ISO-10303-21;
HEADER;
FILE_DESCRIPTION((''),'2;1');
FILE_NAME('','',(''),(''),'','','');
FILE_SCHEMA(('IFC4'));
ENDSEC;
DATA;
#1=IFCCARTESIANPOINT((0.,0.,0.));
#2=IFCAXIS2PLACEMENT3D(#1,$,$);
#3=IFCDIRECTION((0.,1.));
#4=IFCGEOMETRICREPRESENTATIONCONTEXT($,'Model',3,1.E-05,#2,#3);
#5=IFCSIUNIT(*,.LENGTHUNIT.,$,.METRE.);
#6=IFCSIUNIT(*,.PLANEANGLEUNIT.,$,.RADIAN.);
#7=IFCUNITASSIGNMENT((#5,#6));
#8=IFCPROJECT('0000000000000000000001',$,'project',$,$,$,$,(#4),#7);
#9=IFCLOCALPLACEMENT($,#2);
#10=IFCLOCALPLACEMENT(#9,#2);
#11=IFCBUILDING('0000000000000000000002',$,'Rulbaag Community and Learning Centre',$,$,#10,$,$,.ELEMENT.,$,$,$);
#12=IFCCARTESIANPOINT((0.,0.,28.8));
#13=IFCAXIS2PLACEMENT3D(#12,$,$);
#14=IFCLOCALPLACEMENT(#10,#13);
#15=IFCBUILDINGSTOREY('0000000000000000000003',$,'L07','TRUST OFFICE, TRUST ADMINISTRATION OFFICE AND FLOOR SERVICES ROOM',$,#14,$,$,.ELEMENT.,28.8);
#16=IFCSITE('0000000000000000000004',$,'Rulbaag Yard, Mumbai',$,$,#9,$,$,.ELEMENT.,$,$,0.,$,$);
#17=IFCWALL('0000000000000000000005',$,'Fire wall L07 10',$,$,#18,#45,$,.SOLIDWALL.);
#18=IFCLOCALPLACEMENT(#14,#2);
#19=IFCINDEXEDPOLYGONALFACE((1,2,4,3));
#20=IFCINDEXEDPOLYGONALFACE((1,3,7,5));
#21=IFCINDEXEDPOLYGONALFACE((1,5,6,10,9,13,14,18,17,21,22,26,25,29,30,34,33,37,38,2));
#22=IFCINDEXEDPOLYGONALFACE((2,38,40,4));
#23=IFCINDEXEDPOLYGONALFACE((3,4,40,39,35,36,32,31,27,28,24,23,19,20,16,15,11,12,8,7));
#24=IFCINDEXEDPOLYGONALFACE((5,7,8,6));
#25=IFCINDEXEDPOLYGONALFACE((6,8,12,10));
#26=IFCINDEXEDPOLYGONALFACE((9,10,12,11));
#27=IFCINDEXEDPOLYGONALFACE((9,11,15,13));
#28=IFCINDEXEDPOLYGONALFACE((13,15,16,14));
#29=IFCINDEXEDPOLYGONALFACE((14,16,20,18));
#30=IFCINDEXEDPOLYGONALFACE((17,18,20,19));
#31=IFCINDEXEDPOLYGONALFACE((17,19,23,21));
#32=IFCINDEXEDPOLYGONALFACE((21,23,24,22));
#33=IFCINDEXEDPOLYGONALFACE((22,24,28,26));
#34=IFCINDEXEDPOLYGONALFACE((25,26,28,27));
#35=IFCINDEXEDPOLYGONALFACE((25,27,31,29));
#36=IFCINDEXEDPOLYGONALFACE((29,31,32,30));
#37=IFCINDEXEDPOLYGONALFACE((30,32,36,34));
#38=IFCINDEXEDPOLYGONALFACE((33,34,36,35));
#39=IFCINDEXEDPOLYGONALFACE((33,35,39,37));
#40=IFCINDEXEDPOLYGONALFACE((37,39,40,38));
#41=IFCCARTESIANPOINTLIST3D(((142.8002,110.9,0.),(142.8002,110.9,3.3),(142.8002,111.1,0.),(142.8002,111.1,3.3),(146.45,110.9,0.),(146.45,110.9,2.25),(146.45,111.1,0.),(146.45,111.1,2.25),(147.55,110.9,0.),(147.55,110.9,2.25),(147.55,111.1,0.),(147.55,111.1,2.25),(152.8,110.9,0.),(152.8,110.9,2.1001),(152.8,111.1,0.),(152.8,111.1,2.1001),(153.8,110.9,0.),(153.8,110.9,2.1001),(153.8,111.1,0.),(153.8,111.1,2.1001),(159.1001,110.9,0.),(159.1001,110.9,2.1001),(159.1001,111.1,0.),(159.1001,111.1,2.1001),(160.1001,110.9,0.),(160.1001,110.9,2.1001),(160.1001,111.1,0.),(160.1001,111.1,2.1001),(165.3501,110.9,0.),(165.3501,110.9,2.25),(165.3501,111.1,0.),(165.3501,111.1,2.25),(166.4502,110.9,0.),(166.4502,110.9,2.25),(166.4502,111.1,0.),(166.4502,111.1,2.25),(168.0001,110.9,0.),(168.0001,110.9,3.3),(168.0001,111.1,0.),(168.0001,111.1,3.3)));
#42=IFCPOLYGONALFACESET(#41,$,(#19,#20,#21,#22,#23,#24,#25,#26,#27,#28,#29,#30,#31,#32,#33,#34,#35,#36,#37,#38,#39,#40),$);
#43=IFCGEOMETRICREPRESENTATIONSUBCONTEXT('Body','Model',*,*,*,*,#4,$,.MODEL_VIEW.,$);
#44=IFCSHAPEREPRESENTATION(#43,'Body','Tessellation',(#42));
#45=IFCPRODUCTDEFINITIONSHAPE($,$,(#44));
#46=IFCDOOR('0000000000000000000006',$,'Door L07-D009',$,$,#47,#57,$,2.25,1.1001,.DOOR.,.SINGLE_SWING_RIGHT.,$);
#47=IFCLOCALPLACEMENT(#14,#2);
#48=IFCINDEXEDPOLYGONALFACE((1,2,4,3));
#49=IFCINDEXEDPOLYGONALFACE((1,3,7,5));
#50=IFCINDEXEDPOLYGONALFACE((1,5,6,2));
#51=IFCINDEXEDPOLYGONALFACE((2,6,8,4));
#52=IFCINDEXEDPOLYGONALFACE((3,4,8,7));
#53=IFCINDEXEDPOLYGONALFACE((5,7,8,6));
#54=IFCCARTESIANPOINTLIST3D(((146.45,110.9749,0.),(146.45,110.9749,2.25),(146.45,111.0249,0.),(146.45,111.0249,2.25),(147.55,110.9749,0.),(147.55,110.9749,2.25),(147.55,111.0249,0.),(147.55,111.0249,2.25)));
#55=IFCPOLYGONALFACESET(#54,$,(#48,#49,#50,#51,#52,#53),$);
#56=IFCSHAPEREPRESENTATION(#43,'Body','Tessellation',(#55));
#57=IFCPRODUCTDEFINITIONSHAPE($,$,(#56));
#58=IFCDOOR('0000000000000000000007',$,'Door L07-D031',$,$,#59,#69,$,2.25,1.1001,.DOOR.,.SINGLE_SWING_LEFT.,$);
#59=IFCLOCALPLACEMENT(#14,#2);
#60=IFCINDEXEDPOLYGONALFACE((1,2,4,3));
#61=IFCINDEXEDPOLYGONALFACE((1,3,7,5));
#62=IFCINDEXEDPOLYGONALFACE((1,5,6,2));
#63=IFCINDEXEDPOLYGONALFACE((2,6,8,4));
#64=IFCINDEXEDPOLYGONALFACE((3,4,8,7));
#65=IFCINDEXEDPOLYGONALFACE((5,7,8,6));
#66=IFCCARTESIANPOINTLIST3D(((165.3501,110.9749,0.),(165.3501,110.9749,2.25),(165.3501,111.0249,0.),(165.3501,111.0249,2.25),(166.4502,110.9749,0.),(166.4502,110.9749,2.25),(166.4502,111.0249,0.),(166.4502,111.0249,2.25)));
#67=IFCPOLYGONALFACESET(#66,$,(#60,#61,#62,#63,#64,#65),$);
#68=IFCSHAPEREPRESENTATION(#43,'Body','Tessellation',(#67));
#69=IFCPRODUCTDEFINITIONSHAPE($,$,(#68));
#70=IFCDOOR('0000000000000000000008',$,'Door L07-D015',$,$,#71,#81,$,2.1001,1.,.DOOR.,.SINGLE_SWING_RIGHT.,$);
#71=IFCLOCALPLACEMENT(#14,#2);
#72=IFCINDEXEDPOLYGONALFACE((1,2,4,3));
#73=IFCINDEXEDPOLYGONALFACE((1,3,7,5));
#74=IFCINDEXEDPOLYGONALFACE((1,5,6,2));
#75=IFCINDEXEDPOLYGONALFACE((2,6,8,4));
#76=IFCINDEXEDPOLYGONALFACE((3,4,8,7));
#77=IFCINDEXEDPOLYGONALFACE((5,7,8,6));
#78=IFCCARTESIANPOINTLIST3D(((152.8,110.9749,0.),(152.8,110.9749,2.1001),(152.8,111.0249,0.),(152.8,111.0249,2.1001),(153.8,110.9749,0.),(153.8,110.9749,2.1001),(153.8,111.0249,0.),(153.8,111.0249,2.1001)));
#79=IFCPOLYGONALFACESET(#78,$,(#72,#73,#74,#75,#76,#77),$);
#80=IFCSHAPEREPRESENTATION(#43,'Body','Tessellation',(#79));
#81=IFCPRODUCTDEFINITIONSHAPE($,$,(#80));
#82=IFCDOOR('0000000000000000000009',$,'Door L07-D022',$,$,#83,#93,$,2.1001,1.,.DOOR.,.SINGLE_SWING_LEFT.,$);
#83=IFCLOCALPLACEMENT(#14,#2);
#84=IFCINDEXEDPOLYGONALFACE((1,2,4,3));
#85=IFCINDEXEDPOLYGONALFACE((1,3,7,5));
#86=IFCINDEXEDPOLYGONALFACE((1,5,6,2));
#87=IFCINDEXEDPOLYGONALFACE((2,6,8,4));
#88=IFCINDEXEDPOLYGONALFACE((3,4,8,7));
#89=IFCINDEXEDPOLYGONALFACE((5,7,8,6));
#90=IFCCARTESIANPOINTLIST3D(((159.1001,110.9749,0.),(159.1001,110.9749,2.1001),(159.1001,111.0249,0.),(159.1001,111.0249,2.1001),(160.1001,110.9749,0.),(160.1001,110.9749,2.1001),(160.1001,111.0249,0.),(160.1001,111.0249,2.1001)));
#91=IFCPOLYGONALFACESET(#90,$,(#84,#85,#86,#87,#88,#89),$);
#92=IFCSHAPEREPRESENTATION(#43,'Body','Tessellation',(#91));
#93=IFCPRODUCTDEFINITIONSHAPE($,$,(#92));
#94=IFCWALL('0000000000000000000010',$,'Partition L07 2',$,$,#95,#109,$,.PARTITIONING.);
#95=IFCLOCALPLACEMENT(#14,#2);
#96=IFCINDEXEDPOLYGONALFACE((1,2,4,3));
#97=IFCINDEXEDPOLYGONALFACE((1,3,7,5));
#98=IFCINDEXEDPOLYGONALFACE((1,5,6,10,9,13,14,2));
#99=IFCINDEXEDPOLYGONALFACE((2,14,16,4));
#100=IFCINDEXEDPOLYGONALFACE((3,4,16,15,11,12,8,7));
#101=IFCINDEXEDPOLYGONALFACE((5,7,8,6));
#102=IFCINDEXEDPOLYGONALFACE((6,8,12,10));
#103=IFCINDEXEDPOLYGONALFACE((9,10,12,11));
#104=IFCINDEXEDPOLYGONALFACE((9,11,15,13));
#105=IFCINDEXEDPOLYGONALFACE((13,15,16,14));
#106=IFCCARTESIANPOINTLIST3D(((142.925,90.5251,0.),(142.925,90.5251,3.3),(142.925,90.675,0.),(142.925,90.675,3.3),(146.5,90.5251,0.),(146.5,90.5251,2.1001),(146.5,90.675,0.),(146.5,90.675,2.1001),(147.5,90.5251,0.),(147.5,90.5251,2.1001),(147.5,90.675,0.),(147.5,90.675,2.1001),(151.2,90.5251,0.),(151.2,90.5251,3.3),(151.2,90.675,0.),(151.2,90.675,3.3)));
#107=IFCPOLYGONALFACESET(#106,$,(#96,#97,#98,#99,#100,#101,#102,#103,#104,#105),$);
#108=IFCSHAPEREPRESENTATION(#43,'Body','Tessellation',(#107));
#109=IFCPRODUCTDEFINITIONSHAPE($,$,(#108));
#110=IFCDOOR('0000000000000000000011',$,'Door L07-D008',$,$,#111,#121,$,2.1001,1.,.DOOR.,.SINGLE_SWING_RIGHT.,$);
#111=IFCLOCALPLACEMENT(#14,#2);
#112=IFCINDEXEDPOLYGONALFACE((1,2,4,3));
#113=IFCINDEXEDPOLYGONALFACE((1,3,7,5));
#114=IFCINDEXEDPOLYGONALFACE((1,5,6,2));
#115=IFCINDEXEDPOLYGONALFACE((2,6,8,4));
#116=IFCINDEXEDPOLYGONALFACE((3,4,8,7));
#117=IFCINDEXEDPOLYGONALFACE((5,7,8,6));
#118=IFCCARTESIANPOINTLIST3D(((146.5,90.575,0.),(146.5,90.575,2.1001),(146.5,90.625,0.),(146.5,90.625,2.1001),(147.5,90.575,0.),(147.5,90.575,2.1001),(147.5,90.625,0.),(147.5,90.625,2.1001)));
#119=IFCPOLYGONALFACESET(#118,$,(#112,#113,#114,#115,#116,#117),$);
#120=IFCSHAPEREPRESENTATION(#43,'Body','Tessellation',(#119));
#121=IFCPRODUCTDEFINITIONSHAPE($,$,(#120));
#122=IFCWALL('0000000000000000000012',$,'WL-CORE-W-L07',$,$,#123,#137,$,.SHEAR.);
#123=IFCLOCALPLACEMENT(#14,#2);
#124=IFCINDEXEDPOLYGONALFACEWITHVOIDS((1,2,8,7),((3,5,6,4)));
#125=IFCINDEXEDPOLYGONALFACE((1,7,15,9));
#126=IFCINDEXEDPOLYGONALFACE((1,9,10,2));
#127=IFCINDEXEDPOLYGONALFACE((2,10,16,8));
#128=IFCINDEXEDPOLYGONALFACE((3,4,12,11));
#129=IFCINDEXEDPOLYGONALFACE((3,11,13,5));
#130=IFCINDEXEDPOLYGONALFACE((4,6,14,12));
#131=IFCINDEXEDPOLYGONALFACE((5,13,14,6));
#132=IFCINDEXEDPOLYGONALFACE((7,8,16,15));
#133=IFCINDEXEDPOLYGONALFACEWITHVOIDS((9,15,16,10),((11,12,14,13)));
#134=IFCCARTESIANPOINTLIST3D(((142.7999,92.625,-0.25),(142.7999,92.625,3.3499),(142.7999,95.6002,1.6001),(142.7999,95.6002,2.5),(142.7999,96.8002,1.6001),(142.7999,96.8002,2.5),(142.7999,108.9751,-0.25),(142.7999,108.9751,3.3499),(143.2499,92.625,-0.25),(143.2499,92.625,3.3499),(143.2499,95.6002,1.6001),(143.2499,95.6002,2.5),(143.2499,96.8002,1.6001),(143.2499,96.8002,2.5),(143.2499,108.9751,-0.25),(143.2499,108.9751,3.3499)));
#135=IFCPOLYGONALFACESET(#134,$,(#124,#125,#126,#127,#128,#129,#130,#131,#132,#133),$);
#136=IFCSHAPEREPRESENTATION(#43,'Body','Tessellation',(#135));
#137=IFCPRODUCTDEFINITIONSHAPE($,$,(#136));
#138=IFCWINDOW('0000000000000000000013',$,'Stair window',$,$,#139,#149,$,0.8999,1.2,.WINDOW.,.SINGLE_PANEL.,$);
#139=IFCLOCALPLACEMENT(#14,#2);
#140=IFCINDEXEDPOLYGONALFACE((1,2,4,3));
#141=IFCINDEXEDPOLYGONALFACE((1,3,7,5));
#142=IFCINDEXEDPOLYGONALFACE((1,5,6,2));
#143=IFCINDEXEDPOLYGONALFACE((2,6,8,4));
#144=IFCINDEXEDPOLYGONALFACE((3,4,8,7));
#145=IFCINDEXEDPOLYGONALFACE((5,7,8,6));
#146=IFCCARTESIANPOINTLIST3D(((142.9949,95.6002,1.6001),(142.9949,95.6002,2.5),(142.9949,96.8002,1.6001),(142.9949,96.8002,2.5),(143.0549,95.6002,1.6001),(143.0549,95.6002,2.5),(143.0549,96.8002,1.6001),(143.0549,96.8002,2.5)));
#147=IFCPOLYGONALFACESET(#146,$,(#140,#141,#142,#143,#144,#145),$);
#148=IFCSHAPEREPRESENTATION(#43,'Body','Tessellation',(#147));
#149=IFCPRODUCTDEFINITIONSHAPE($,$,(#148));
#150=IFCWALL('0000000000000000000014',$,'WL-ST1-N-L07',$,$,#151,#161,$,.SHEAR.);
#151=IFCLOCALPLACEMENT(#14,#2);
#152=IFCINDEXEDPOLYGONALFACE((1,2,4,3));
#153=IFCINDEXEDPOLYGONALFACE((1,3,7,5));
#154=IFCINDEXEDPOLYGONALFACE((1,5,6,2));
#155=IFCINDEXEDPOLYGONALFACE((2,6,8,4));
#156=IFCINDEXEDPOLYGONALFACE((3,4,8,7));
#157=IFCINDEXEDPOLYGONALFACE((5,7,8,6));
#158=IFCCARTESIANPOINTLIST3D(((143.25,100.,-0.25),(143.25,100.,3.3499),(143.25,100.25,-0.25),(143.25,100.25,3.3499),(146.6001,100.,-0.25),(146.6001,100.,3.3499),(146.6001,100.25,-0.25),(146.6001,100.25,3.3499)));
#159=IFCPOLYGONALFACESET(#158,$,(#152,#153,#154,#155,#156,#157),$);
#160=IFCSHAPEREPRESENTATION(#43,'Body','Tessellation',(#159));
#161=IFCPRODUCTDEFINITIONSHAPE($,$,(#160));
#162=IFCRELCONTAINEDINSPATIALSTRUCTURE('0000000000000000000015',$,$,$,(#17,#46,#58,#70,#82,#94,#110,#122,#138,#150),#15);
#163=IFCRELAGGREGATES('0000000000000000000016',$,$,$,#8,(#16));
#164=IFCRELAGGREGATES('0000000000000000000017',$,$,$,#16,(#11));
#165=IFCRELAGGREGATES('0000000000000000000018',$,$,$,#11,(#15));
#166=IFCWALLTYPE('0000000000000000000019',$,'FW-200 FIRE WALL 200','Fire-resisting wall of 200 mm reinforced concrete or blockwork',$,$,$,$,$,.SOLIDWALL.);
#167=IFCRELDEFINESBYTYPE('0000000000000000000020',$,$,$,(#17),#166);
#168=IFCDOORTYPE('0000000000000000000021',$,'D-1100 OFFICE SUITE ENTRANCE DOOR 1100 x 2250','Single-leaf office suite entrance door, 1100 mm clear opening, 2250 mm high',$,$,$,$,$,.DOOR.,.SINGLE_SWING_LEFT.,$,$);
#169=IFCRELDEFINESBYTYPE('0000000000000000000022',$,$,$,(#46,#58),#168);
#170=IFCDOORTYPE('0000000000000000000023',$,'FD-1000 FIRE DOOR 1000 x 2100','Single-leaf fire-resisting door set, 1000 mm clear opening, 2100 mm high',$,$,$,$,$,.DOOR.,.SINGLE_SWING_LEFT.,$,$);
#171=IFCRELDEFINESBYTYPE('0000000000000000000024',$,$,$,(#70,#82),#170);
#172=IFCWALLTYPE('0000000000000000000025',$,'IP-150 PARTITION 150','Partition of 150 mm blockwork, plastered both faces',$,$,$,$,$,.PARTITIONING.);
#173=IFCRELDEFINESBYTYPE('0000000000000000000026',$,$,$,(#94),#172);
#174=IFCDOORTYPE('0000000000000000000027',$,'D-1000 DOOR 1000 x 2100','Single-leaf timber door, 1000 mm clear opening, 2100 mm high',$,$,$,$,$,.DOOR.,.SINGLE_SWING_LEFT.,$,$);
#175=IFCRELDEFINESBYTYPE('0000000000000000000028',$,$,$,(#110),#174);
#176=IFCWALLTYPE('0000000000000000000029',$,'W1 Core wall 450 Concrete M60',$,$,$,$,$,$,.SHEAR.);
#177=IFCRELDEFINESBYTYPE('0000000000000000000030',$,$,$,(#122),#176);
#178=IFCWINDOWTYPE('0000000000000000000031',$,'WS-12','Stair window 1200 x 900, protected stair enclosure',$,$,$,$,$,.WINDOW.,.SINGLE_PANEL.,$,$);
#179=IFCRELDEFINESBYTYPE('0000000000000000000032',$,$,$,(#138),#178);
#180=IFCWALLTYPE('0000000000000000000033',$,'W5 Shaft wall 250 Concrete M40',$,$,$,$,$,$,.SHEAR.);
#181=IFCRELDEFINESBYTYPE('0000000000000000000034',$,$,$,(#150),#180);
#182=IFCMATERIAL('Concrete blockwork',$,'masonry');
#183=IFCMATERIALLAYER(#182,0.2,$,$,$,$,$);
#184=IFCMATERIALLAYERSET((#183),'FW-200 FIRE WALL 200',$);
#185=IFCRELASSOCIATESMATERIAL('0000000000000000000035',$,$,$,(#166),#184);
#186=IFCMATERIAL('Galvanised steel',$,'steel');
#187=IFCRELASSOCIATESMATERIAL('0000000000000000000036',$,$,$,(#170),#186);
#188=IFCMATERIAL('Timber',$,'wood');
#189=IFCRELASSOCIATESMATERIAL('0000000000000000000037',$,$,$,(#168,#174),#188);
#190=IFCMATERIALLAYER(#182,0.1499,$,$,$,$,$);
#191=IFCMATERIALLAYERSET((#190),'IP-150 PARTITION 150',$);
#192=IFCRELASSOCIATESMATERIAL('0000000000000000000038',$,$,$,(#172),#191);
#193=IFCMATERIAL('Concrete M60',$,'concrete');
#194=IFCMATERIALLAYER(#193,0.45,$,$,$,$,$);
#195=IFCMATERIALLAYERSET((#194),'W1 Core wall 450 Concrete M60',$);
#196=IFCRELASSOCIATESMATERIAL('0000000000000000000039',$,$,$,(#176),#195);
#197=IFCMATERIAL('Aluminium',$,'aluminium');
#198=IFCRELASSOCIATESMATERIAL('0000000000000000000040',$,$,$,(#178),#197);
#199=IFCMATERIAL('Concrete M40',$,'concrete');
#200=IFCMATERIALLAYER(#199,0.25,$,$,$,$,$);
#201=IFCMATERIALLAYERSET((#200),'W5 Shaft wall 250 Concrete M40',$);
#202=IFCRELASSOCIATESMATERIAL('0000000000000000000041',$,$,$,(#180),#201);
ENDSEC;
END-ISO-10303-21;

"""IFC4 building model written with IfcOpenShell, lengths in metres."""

from ifc_helpers import new_model, si_unit, direction, frame, frame_2d, origin, place, context, subcontext, project, spatial, rectangle, extrude, material, layer, layer_set, type_object, element, fill, save


model = new_model("IFC4")

# Units and contexts
model_context = context("Model", 3, precision=1e-05, world=origin(), true_north=direction((0.0, 1.0)))
body_context = subcontext(model_context, "Body", "Model", "MODEL_VIEW")
ifc_project = project(units=[si_unit("LENGTHUNIT", "METRE"), si_unit("PLANEANGLEUNIT", "RADIAN")], contexts=[model_context])

# Site, building, storey
site_placement = place(None, origin())
site = spatial("IfcSite", under=ifc_project, at=site_placement, Name="Rulbaag Yard, Mumbai", CompositionType="ELEMENT", RefElevation=0.0)
building_placement = place(site_placement, origin())
building = spatial("IfcBuilding", under=site, at=building_placement, Name="Rulbaag Community and Learning Centre", CompositionType="ELEMENT")
storey_placement = place(building_placement, frame((0.0, 0.0, 28.8)))
storey = spatial("IfcBuildingStorey", under=building, at=storey_placement, Name="L07", Description="TRUST OFFICE, TRUST ADMINISTRATION OFFICE AND FLOOR SERVICES ROOM", CompositionType="ELEMENT", Elevation=28.8)

# Shared definitions
ifc_material_1 = material(Name="Concrete M40", Category="concrete")

# Shared definitions
ifc_material_2 = material(Name="Aluminium", Category="aluminium")

# Wall, openings, doors
ifc_material_3 = material(Name="Concrete blockwork", Category="masonry")
ifc_layer_1 = layer(ifc_material_3, 0.2)
ifc_layer_set_1 = layer_set([ifc_layer_1], Name="FW-200 FIRE WALL 200")
wall_type_1 = type_object("IfcWallType", Name="FW-200 FIRE WALL 200", Description="Fire-resisting wall of 200 mm reinforced concrete or blockwork", PredefinedType="SOLIDWALL", material=ifc_layer_set_1)
ifc_material_4 = material(Name="Galvanised steel", Category="steel")
door_type_1 = type_object("IfcDoorType", Name="FD-1000 FIRE DOOR 1000 x 2100", Description="Single-leaf fire-resisting door set, 1000 mm clear opening, 2100 mm high", OperationType="SINGLE_SWING_LEFT", PredefinedType="DOOR", material=ifc_material_4)
wall_1_placement = place(storey_placement, frame((142.8, 111.0, 0.0), z_axis=(0.0, 0.0, 1.0), x_axis=(1.0, 0.0, 0.0)))
wall_1 = element("IfcWall", 1, at=wall_1_placement, inside=storey, type_object=wall_type_1, Name="Fire wall L07 10", PredefinedType="SOLIDWALL", context=body_context, shape_type="SweptSolid", body=[
    extrude(rectangle(XDim=25.2, YDim=0.2, at=frame_2d((12.6001, 0.0))), origin(), (0.0, 0.0, 1.0), 3.3),
])
opening_1_placement = place(wall_1_placement, frame((3.6499, 0.0, 0.0)))
opening_1 = element("IfcOpeningElement", 2, at=opening_1_placement, cuts=wall_1, PredefinedType="OPENING", context=body_context, shape_type="SweptSolid", body=[
    extrude(rectangle(XDim=1.1001, YDim=2.25, at=frame_2d((0.55, 1.125))), frame((0.0, 0.1099, 0.0), z_axis=(0.0, -1.0, 0.0), x_axis=(1.0, 0.0, 0.0)), (0.0, 0.0, 1.0), 0.22),
])
opening_2_placement = place(wall_1_placement, frame((10.0, 0.0, 0.0)))
opening_2 = element("IfcOpeningElement", 3, at=opening_2_placement, cuts=wall_1, PredefinedType="OPENING", context=body_context, shape_type="SweptSolid", body=[
    extrude(rectangle(XDim=1.0, YDim=2.1001, at=frame_2d((0.5, 1.05))), frame((0.0, 0.1099, 0.0), z_axis=(0.0, -1.0, 0.0), x_axis=(1.0, 0.0, 0.0)), (0.0, 0.0, 1.0), 0.22),
])
opening_3_placement = place(wall_1_placement, frame((16.3, 0.0, 0.0)))
opening_3 = element("IfcOpeningElement", 4, at=opening_3_placement, cuts=wall_1, PredefinedType="OPENING", context=body_context, shape_type="SweptSolid", body=[
    extrude(rectangle(XDim=1.0, YDim=2.1001, at=frame_2d((0.5, 1.05))), frame((0.0, 0.1099, 0.0), z_axis=(0.0, -1.0, 0.0), x_axis=(1.0, 0.0, 0.0)), (0.0, 0.0, 1.0), 0.22),
])
opening_4_placement = place(wall_1_placement, frame((22.55, 0.0, 0.0)))
opening_4 = element("IfcOpeningElement", 5, at=opening_4_placement, cuts=wall_1, PredefinedType="OPENING", context=body_context, shape_type="SweptSolid", body=[
    extrude(rectangle(XDim=1.1001, YDim=2.25, at=frame_2d((0.55, 1.125))), frame((0.0, 0.1099, 0.0), z_axis=(0.0, -1.0, 0.0), x_axis=(1.0, 0.0, 0.0)), (0.0, 0.0, 1.0), 0.22),
])
ifc_material_5 = material(Name="Timber", Category="wood")
door_type_2 = type_object("IfcDoorType", Name="D-1100 OFFICE SUITE ENTRANCE DOOR 1100 x 2250", Description="Single-leaf office suite entrance door, 1100 mm clear opening, 2250 mm high", OperationType="SINGLE_SWING_LEFT", PredefinedType="DOOR", material=ifc_material_5)
door_1_placement = place(opening_1_placement, origin())
door_1 = element("IfcDoor", 6, at=door_1_placement, inside=storey, type_object=door_type_2, Name="Door L07-D009", OperationType="SINGLE_SWING_RIGHT", OverallHeight=2.25, OverallWidth=1.1001, PredefinedType="DOOR", context=body_context, shape_type="SweptSolid", body=[
    extrude(rectangle(XDim=1.1001, YDim=2.25, at=frame_2d((0.55, 1.125))), frame((0.0, 0.0249, 0.0), z_axis=(0.0, -1.0, 0.0), x_axis=(1.0, 0.0, 0.0)), (0.0, 0.0, 1.0), 0.05),
])
fill(opening_1, door_1)
door_2_placement = place(opening_4_placement, origin())
door_2 = element("IfcDoor", 7, at=door_2_placement, inside=storey, type_object=door_type_2, Name="Door L07-D031", OperationType="SINGLE_SWING_LEFT", OverallHeight=2.25, OverallWidth=1.1001, PredefinedType="DOOR", context=body_context, shape_type="SweptSolid", body=[
    extrude(rectangle(XDim=1.1001, YDim=2.25, at=frame_2d((0.55, 1.125))), frame((0.0, 0.0249, 0.0), z_axis=(0.0, -1.0, 0.0), x_axis=(1.0, 0.0, 0.0)), (0.0, 0.0, 1.0), 0.05),
])
fill(opening_4, door_2)
door_3_placement = place(opening_2_placement, origin())
door_3 = element("IfcDoor", 8, at=door_3_placement, inside=storey, type_object=door_type_1, Name="Door L07-D015", OperationType="SINGLE_SWING_RIGHT", OverallHeight=2.1001, OverallWidth=1.0, PredefinedType="DOOR", context=body_context, shape_type="SweptSolid", body=[
    extrude(rectangle(XDim=1.0, YDim=2.1001, at=frame_2d((0.5, 1.05))), frame((0.0, 0.0249, 0.0), z_axis=(0.0, -1.0, 0.0), x_axis=(1.0, 0.0, 0.0)), (0.0, 0.0, 1.0), 0.05),
])
fill(opening_2, door_3)
door_4_placement = place(opening_3_placement, origin())
door_4 = element("IfcDoor", 9, at=door_4_placement, inside=storey, type_object=door_type_1, Name="Door L07-D022", OperationType="SINGLE_SWING_LEFT", OverallHeight=2.1001, OverallWidth=1.0, PredefinedType="DOOR", context=body_context, shape_type="SweptSolid", body=[
    extrude(rectangle(XDim=1.0, YDim=2.1001, at=frame_2d((0.5, 1.05))), frame((0.0, 0.0249, 0.0), z_axis=(0.0, -1.0, 0.0), x_axis=(1.0, 0.0, 0.0)), (0.0, 0.0, 1.0), 0.05),
])
fill(opening_3, door_4)

# Wall, opening, door
ifc_layer_2 = layer(ifc_material_3, 0.1499)
ifc_layer_set_2 = layer_set([ifc_layer_2], Name="IP-150 PARTITION 150")
wall_type_2 = type_object("IfcWallType", Name="IP-150 PARTITION 150", Description="Partition of 150 mm blockwork, plastered both faces", PredefinedType="PARTITIONING", material=ifc_layer_set_2)
wall_2_placement = place(storey_placement, frame((142.925, 90.6001, 0.0), z_axis=(0.0, 0.0, 1.0), x_axis=(1.0, 0.0, 0.0)))
wall_2 = element("IfcWall", 10, at=wall_2_placement, inside=storey, type_object=wall_type_2, Name="Partition L07 2", PredefinedType="PARTITIONING", context=body_context, shape_type="SweptSolid", body=[
    extrude(rectangle(XDim=8.2749, YDim=0.1499, at=frame_2d((4.1375, 0.0))), origin(), (0.0, 0.0, 1.0), 3.3),
])
opening_5_placement = place(wall_2_placement, frame((3.575, 0.0, 0.0)))
opening_5 = element("IfcOpeningElement", 11, at=opening_5_placement, cuts=wall_2, PredefinedType="OPENING", context=body_context, shape_type="SweptSolid", body=[
    extrude(rectangle(XDim=1.0, YDim=2.1001, at=frame_2d((0.5, 1.05))), frame((0.0, 0.085, 0.0), z_axis=(0.0, -1.0, 0.0), x_axis=(1.0, 0.0, 0.0)), (0.0, 0.0, 1.0), 0.1699),
])
door_type_3 = type_object("IfcDoorType", Name="D-1000 DOOR 1000 x 2100", Description="Single-leaf timber door, 1000 mm clear opening, 2100 mm high", OperationType="SINGLE_SWING_LEFT", PredefinedType="DOOR", material=ifc_material_5)
door_5_placement = place(opening_5_placement, origin())
door_5 = element("IfcDoor", 12, at=door_5_placement, inside=storey, type_object=door_type_3, Name="Door L07-D008", OperationType="SINGLE_SWING_RIGHT", OverallHeight=2.1001, OverallWidth=1.0, PredefinedType="DOOR", context=body_context, shape_type="SweptSolid", body=[
    extrude(rectangle(XDim=1.0, YDim=2.1001, at=frame_2d((0.5, 1.05))), frame((0.0, 0.0249, 0.0), z_axis=(0.0, -1.0, 0.0), x_axis=(1.0, 0.0, 0.0)), (0.0, 0.0, 1.0), 0.05),
])
fill(opening_5, door_5)

# Wall, opening, window
ifc_material_6 = material(Name="Concrete M60", Category="concrete")
ifc_layer_3 = layer(ifc_material_6, 0.45)
ifc_layer_set_3 = layer_set([ifc_layer_3], Name="W1 Core wall 450 Concrete M60")
wall_type_3 = type_object("IfcWallType", Name="W1 Core wall 450 Concrete M60", PredefinedType="SHEAR", material=ifc_layer_set_3)
wall_3_placement = place(storey_placement, frame((143.0249, 92.625, -0.25), z_axis=(0.0, 0.0, 1.0), x_axis=(0.0, 1.0, 0.0)))
wall_3 = element("IfcWall", 13, at=wall_3_placement, inside=storey, type_object=wall_type_3, Name="WL-CORE-W-L07", PredefinedType="SHEAR", context=body_context, shape_type="SweptSolid", body=[
    extrude(rectangle(XDim=16.3501, YDim=0.45, at=frame_2d((8.175, 0.0))), origin(), (0.0, 0.0, 1.0), 3.5999),
])
opening_6_placement = place(wall_3_placement, frame((2.9751, 0.0, 1.8501)))
opening_6 = element("IfcOpeningElement", 14, at=opening_6_placement, cuts=wall_3, PredefinedType="OPENING", context=body_context, shape_type="SweptSolid", body=[
    extrude(rectangle(XDim=1.2, YDim=0.8999, at=frame_2d((0.6001, 0.45))), frame((0.0, 0.2349, 0.0), z_axis=(0.0, -1.0, 0.0), x_axis=(1.0, 0.0, 0.0)), (0.0, 0.0, 1.0), 0.47),
])
window_type = type_object("IfcWindowType", Name="WS-12", Description="Stair window 1200 x 900, protected stair enclosure", PartitioningType="SINGLE_PANEL", PredefinedType="WINDOW", material=ifc_material_2)
window_placement = place(opening_6_placement, origin())
window = element("IfcWindow", 15, at=window_placement, inside=storey, type_object=window_type, Name="Stair window", OverallHeight=0.8999, OverallWidth=1.2, PartitioningType="SINGLE_PANEL", PredefinedType="WINDOW", context=body_context, shape_type="SweptSolid", body=[
    extrude(rectangle(XDim=1.2, YDim=0.8999, at=frame_2d((0.6001, 0.45))), frame((0.0, 0.03, 0.0), z_axis=(0.0, -1.0, 0.0), x_axis=(1.0, 0.0, 0.0)), (0.0, 0.0, 1.0), 0.0601),
])
fill(opening_6, window)

# Wall
ifc_layer_4 = layer(ifc_material_1, 0.25)
ifc_layer_set_4 = layer_set([ifc_layer_4], Name="W5 Shaft wall 250 Concrete M40")
wall_type_4 = type_object("IfcWallType", Name="W5 Shaft wall 250 Concrete M40", PredefinedType="SHEAR", material=ifc_layer_set_4)
wall_4_placement = place(storey_placement, frame((143.25, 100.125, -0.25), z_axis=(0.0, 0.0, 1.0), x_axis=(1.0, 0.0, 0.0)))
element("IfcWall", 16, at=wall_4_placement, inside=storey, type_object=wall_type_4, Name="WL-ST1-N-L07", PredefinedType="SHEAR", context=body_context, shape_type="SweptSolid", body=[
    extrude(rectangle(XDim=3.3501, YDim=0.25, at=frame_2d((1.675, 0.0))), origin(), (0.0, 0.0, 1.0), 3.5999),
])

save(model, "model.ifc")
